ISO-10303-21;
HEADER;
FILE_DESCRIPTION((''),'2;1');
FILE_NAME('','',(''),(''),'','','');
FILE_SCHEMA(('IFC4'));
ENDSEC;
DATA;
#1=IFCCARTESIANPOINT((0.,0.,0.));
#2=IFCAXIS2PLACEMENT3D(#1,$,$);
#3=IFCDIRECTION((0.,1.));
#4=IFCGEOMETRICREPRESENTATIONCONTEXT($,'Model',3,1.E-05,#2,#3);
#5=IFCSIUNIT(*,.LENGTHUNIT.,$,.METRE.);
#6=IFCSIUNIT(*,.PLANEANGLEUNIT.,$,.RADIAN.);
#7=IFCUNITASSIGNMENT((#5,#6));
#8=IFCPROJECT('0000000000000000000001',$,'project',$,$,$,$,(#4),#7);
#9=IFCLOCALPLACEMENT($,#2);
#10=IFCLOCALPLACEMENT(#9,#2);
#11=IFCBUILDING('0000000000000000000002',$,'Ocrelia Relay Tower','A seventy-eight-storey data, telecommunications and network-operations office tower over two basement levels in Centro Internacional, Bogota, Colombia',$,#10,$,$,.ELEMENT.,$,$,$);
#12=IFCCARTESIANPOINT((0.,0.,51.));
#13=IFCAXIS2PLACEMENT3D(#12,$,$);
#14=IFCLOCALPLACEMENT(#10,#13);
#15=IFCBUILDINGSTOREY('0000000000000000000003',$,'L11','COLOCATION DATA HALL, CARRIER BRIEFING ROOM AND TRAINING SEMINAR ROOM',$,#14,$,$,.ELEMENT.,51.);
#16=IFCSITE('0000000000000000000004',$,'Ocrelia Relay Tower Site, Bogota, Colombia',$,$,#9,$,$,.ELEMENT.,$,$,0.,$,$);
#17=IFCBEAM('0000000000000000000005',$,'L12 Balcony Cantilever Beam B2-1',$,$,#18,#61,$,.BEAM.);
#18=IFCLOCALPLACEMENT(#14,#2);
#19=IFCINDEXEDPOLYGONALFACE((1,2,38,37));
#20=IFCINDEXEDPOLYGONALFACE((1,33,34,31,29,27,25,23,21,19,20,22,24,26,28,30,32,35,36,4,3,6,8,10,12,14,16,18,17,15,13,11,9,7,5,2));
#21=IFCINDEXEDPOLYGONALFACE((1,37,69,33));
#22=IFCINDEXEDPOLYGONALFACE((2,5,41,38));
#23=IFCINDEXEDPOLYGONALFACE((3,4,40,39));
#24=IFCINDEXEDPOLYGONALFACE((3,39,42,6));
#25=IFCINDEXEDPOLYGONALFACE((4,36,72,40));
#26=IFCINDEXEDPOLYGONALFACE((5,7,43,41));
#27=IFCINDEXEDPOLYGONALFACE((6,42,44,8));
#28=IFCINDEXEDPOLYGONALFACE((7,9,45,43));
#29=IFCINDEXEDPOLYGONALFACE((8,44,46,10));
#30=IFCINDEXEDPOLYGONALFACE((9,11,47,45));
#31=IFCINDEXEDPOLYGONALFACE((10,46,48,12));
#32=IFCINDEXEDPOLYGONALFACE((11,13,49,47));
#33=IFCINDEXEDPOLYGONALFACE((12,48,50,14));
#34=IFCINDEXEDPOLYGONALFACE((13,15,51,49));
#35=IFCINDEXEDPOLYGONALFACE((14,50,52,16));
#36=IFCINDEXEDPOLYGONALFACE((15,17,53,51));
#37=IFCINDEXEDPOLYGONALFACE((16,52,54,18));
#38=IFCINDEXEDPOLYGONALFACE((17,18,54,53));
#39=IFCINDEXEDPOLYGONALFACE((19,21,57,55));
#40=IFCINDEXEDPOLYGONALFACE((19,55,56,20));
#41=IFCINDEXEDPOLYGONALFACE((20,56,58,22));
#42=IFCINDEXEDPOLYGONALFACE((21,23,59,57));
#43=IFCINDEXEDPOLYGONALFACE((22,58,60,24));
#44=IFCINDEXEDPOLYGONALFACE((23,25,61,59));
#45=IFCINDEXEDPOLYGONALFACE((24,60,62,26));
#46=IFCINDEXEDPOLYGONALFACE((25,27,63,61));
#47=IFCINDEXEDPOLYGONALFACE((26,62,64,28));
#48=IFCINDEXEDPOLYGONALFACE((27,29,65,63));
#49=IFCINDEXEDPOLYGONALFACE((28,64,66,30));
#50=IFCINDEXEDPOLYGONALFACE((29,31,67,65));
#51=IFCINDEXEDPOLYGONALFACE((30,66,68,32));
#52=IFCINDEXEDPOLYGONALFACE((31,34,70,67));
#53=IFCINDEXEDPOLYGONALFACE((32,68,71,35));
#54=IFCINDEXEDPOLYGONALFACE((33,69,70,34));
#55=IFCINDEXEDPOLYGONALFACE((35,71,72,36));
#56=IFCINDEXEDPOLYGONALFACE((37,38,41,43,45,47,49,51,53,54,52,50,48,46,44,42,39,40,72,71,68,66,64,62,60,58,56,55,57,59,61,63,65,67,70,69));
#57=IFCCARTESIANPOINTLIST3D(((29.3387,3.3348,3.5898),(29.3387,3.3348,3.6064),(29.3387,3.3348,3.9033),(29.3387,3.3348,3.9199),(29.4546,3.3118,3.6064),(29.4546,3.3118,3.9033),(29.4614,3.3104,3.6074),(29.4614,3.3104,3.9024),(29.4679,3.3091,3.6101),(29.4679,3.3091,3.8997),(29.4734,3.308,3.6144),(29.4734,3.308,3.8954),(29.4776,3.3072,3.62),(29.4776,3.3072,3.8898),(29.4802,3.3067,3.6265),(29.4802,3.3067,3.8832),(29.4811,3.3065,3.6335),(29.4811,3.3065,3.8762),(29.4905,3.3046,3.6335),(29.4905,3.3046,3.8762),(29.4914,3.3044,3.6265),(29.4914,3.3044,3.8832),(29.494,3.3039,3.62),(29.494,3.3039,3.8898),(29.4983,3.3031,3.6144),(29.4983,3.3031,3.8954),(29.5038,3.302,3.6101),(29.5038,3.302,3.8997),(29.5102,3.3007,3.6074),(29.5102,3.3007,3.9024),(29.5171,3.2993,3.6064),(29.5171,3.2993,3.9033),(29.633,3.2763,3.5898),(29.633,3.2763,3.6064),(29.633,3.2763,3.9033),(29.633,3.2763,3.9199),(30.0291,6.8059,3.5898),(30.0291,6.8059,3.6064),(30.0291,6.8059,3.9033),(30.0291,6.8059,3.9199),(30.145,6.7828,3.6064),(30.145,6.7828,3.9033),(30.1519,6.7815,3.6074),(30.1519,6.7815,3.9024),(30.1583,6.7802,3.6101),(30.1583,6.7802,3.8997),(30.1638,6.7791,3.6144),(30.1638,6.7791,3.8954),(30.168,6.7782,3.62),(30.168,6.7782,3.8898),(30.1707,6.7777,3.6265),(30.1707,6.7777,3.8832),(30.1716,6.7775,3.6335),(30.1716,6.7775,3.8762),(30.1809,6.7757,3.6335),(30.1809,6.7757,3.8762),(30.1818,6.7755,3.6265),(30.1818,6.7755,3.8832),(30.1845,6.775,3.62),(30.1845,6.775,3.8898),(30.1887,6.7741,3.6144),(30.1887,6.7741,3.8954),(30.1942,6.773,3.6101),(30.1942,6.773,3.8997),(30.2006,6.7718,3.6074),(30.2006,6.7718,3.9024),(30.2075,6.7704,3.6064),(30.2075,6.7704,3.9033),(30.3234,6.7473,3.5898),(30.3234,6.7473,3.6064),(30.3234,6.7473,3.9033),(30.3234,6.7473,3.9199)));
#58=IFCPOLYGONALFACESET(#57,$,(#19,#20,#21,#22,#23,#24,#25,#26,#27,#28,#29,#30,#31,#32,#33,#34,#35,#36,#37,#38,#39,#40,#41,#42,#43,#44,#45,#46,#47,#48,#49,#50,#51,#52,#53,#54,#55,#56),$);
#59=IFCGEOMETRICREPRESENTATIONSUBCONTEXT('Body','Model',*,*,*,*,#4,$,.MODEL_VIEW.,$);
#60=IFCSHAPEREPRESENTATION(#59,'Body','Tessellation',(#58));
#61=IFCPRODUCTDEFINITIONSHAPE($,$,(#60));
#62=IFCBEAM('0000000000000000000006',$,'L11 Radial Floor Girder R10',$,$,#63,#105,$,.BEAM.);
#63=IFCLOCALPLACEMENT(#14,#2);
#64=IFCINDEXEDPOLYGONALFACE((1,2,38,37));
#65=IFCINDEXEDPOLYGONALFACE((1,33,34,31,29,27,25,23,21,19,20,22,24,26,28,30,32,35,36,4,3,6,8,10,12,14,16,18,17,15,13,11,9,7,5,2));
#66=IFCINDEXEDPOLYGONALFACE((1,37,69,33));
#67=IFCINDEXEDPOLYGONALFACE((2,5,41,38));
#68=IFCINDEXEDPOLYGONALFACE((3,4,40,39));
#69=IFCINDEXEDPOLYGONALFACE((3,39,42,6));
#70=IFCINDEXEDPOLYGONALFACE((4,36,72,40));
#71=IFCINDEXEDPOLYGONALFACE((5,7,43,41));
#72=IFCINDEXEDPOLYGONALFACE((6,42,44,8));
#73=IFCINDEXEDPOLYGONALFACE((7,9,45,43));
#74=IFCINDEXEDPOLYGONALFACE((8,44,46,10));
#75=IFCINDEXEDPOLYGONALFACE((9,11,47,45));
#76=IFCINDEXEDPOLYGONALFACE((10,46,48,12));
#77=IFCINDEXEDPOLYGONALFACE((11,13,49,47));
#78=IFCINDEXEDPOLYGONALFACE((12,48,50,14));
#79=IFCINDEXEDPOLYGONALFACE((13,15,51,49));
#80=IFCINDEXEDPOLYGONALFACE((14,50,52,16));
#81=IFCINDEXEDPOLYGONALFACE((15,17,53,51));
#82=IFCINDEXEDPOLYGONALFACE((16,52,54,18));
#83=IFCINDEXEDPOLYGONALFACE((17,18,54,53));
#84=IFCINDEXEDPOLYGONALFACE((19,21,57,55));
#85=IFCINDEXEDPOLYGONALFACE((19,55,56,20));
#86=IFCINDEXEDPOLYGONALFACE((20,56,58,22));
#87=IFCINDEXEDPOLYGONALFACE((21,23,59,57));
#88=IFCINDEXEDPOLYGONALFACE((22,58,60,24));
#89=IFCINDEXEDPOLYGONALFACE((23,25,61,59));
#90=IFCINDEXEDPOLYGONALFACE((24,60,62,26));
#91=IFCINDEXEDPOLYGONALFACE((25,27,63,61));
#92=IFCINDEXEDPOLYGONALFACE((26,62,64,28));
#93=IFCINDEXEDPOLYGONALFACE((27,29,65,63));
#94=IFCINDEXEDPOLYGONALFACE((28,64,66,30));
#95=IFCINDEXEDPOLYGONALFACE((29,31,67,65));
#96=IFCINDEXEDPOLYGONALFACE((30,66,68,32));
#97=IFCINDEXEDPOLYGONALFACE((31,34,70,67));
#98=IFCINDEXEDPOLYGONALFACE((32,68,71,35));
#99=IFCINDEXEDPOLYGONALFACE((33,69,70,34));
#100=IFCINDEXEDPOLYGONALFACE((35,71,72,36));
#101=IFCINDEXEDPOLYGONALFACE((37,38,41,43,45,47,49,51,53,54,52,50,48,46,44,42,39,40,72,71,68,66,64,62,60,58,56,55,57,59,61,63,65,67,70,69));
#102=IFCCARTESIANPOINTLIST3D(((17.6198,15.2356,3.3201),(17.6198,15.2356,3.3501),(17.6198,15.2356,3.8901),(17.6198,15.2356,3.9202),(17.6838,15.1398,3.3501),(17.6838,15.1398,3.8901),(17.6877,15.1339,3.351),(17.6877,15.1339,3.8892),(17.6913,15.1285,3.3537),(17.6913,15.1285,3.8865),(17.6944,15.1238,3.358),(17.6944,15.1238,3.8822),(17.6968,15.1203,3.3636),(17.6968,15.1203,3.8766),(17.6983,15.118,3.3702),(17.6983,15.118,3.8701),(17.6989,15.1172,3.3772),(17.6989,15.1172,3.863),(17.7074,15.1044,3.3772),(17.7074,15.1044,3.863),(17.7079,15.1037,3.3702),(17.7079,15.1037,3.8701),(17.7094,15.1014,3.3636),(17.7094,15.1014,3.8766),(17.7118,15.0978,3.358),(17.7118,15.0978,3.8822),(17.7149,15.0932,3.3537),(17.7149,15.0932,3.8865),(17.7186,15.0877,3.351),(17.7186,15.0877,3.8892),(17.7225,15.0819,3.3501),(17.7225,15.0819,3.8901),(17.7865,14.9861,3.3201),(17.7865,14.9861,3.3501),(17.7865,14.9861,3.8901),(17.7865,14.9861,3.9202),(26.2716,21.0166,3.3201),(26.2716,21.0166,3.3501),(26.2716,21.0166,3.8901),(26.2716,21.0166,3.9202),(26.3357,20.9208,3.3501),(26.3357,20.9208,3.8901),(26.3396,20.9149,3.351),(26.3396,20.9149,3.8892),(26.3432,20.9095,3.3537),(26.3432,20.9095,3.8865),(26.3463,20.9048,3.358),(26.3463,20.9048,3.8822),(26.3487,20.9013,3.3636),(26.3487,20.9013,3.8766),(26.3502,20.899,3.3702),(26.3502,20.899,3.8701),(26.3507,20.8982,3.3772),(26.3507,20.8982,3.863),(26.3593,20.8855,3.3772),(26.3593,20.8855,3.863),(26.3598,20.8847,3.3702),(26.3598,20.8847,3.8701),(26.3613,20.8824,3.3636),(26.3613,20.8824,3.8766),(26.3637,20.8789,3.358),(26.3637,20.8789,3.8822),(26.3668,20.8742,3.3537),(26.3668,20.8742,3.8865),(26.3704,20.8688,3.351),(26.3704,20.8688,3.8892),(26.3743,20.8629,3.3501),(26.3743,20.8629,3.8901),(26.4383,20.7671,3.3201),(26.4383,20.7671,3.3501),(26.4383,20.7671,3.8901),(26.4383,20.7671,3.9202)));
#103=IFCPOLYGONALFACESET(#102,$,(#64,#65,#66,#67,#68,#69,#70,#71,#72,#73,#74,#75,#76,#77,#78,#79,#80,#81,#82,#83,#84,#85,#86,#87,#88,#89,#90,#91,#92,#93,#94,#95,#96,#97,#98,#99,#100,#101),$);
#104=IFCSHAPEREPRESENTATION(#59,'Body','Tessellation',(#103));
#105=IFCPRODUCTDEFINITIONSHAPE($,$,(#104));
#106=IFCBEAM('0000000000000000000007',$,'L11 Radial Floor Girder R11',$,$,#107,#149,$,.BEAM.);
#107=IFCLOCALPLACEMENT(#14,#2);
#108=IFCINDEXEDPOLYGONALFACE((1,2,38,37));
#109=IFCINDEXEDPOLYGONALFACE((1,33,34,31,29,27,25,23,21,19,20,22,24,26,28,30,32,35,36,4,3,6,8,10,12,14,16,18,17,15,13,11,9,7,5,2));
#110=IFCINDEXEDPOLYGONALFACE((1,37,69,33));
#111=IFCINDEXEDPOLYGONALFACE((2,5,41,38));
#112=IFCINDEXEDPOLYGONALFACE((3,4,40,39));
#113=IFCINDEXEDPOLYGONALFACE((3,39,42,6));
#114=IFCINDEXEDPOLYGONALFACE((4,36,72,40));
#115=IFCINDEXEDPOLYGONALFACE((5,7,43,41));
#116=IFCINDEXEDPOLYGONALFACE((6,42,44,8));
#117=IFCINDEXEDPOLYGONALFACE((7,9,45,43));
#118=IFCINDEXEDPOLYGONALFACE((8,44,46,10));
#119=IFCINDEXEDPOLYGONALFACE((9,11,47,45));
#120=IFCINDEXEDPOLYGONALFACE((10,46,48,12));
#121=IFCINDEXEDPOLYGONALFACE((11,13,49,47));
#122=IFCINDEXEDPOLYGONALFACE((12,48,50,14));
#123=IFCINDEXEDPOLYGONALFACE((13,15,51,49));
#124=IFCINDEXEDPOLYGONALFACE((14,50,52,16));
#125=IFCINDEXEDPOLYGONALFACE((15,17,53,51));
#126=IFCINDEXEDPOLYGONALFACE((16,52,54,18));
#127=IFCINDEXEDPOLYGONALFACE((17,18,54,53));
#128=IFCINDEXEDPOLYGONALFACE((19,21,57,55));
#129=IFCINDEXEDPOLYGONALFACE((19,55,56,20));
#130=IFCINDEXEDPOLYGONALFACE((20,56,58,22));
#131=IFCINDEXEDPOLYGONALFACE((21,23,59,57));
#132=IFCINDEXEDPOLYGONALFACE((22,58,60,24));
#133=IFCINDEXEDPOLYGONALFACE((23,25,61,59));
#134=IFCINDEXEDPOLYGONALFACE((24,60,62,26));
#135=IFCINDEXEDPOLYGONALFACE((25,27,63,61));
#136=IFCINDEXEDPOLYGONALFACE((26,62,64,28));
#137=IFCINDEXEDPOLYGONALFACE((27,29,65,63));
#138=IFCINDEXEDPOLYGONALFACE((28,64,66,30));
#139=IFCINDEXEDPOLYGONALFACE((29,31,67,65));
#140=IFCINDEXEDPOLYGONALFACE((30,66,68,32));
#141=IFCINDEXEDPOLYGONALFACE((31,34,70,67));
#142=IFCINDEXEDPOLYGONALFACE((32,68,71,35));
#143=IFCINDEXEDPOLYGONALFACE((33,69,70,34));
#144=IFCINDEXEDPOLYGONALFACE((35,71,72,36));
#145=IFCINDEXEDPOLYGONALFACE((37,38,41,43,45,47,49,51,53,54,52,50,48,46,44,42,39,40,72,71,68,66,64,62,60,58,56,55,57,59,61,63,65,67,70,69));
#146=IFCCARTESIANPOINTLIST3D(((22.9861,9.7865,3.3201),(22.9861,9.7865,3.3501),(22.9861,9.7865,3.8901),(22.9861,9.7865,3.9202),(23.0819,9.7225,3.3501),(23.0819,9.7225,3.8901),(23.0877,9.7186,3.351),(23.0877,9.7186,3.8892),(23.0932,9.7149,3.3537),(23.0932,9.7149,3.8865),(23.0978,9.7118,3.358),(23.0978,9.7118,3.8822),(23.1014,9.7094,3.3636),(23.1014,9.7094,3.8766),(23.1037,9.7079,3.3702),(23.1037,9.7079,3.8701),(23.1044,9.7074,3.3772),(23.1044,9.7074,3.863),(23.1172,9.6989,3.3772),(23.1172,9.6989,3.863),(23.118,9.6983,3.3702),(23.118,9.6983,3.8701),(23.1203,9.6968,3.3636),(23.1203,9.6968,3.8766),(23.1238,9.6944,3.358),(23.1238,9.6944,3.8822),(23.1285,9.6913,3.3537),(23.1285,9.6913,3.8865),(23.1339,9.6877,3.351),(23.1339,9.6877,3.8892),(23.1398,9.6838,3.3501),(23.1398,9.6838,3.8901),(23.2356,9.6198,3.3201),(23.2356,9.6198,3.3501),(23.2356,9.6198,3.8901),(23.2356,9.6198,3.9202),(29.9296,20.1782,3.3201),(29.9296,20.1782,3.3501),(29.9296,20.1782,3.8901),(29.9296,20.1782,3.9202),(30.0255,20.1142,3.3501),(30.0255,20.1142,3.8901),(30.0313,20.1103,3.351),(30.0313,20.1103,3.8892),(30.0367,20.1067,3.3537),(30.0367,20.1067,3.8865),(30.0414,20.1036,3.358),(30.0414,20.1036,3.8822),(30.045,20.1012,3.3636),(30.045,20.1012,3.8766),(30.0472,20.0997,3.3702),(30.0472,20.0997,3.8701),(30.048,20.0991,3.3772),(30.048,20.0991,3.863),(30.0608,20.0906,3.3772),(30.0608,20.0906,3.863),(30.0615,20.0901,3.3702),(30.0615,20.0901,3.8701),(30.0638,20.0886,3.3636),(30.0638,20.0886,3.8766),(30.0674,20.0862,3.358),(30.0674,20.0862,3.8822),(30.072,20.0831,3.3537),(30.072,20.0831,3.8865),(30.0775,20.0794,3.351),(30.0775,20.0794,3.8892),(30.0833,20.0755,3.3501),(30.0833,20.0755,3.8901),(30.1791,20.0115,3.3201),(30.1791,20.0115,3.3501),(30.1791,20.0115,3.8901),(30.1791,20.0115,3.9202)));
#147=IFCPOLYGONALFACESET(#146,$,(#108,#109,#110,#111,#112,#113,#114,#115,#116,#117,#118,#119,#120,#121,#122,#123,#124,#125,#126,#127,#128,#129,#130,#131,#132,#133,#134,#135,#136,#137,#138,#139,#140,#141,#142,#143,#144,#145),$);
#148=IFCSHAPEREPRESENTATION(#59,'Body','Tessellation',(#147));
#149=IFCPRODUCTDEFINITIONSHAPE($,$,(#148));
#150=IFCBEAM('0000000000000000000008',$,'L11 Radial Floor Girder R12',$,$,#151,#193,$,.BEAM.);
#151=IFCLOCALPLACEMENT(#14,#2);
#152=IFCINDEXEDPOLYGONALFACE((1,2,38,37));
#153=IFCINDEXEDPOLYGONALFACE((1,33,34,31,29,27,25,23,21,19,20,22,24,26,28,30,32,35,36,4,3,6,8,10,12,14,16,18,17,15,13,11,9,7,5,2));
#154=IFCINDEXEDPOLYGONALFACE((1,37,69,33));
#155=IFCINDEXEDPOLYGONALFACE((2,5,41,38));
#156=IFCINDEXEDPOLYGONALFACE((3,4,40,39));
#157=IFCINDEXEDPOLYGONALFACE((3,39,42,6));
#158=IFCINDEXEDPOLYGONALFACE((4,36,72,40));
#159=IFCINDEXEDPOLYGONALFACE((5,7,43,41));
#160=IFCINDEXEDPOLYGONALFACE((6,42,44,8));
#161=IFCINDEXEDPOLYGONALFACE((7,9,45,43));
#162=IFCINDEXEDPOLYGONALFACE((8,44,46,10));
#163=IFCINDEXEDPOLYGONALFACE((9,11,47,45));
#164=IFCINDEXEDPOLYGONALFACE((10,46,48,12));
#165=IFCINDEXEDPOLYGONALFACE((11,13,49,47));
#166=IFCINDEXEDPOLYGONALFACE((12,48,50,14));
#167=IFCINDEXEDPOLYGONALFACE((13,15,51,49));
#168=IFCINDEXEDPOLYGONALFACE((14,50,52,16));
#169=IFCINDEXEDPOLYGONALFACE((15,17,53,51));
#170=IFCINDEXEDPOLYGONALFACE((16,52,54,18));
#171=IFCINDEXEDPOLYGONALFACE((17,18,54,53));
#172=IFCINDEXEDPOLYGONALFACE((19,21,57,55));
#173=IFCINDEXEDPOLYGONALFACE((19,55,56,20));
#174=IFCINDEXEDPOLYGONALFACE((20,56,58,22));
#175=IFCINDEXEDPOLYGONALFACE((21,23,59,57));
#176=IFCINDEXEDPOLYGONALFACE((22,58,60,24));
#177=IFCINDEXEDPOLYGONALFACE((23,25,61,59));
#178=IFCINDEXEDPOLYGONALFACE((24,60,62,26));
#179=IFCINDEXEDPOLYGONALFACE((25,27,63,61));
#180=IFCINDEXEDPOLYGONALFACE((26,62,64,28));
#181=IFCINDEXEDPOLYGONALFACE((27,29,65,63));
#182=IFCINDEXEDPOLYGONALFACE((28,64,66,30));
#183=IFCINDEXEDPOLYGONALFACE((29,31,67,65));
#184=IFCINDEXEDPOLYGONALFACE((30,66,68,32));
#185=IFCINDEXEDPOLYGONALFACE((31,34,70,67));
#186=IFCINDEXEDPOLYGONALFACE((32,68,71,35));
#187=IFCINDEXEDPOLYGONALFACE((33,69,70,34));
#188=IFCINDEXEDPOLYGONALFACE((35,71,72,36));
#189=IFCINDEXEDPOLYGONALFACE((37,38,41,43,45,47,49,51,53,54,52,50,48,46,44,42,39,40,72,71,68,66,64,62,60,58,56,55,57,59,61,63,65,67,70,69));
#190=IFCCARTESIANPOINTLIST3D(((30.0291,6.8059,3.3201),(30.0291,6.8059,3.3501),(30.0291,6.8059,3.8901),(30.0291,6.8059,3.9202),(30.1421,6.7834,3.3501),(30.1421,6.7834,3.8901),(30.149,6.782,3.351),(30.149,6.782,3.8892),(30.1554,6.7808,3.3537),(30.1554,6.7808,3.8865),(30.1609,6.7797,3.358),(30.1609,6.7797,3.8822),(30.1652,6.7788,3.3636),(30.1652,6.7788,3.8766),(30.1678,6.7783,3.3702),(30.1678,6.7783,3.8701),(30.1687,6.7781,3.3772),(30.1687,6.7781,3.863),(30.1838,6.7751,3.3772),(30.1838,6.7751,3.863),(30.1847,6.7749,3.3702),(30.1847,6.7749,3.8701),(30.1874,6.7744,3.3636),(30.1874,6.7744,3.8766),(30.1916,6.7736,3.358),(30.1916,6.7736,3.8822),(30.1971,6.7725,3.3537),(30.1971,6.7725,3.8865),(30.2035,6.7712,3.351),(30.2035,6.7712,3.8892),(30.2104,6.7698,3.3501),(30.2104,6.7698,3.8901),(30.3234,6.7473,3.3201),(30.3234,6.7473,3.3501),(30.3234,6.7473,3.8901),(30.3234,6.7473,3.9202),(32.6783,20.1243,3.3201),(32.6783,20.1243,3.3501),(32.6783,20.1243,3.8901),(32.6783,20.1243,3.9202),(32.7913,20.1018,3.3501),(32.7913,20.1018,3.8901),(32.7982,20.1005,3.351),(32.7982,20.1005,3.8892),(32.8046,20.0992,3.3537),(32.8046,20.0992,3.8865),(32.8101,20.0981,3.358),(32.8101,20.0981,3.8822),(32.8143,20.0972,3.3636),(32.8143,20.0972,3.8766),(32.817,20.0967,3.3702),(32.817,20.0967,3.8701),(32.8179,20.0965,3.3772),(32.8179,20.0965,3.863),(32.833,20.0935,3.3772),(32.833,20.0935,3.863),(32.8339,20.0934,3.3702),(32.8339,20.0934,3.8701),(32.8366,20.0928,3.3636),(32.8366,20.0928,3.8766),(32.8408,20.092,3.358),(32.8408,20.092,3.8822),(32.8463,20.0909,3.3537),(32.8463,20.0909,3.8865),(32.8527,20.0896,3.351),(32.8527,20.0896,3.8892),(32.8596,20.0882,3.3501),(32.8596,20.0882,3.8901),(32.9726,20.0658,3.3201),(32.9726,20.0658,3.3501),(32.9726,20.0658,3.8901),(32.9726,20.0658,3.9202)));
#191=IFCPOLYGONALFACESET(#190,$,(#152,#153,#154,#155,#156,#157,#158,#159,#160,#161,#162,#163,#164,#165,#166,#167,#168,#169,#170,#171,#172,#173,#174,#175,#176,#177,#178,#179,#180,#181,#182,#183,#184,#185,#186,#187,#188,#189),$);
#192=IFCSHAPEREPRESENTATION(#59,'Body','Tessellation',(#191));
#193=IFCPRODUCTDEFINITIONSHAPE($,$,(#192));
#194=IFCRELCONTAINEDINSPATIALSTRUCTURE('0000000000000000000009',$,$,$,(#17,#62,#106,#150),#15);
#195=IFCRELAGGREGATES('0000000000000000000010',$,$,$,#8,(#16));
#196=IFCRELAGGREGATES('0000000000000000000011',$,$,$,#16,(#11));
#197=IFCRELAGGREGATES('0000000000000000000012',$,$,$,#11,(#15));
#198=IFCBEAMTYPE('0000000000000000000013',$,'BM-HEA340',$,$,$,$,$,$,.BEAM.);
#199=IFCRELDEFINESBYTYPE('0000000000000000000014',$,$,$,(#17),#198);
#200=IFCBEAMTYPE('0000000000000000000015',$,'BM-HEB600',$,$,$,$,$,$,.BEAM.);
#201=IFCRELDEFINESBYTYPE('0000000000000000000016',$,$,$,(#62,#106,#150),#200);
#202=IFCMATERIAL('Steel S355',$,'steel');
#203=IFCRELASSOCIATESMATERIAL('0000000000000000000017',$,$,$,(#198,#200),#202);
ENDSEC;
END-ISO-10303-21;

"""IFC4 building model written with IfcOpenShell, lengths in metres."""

from ifc_helpers import new_model, si_unit, direction, frame, origin, origin_2d, place, context, subcontext, project, spatial, i_section, extrude, material, material_profile, profile_set, type_object, element, save


model = new_model("IFC4")

# Units and contexts
model_context = context("Model", 3, precision=1e-05, world=origin(), true_north=direction((0.0, 1.0)))
body_context = subcontext(model_context, "Body", "Model", "MODEL_VIEW")
ifc_project = project(units=[si_unit("LENGTHUNIT", "METRE"), si_unit("PLANEANGLEUNIT", "RADIAN")], contexts=[model_context])

# Site, building, storey
site_placement = place(None, origin())
site = spatial("IfcSite", under=ifc_project, at=site_placement, Name="Ocrelia Relay Tower Site, Bogota, Colombia", CompositionType="ELEMENT", RefElevation=0.0)
building_placement = place(site_placement, origin())
building = spatial("IfcBuilding", under=site, at=building_placement, Name="Ocrelia Relay Tower", Description="A seventy-eight-storey data, telecommunications and network-operations office tower over two basement levels in Centro Internacional, Bogota, Colombia", CompositionType="ELEMENT")
storey_placement = place(building_placement, frame((0.0, 0.0, 51.0)))
storey = spatial("IfcBuildingStorey", under=building, at=storey_placement, Name="L11", Description="COLOCATION DATA HALL, CARRIER BRIEFING ROOM AND TRAINING SEMINAR ROOM", CompositionType="ELEMENT", Elevation=51.0)

# Beams
ifc_material_1 = material(Name="Steel S355", Category="steel")
ifc_material_profile_1 = material_profile(ifc_material_1, i_section(OverallWidth=0.3, OverallDepth=0.3301, WebThickness=0.0095, FlangeThickness=0.0166, FilletRadius=0.0271, at=origin_2d()), Name="HEA 340")
ifc_profile_set_1 = profile_set([ifc_material_profile_1], Name="Steel S355")
beam_type_1 = type_object("IfcBeamType", Name="BM-HEA340", PredefinedType="BEAM", material=ifc_profile_set_1)
beam_1_placement = place(storey_placement, frame((30.1763, 6.7766, 3.7549), z_axis=(-0.195094, -0.980784, 0.0), x_axis=(0.980784, -0.195094, 0.0)))
element("IfcBeam", 1, at=beam_1_placement, inside=storey, type_object=beam_type_1, Name="L12 Balcony Cantilever Beam B2-1", PredefinedType="BEAM", context=body_context, shape_type="SweptSolid", body=[
    extrude(i_section(OverallWidth=0.3, OverallDepth=0.3301, WebThickness=0.0095, FlangeThickness=0.0166, FilletRadius=0.0271, at=origin_2d()), origin(), (0.0, 0.0, 1.0), 3.5391),
])
ifc_material_profile_2 = material_profile(ifc_material_1, i_section(OverallWidth=0.3, OverallDepth=0.6001, WebThickness=0.0154, FlangeThickness=0.03, FilletRadius=0.0271, at=origin_2d()), Name="HEB 600")
ifc_profile_set_2 = profile_set([ifc_material_profile_2], Name="Steel S355")
beam_type_2 = type_object("IfcBeamType", Name="BM-HEB600", PredefinedType="BEAM", material=ifc_profile_set_2)
beam_2_placement = place(storey_placement, frame((17.7031, 15.1108, 3.6201), z_axis=(0.831469, 0.555572, 0.0), x_axis=(-0.555572, 0.831469, 0.0)))
element("IfcBeam", 2, at=beam_2_placement, inside=storey, type_object=beam_type_2, Name="L11 Radial Floor Girder R10", PredefinedType="BEAM", context=body_context, shape_type="SweptSolid", body=[
    extrude(i_section(OverallWidth=0.3, OverallDepth=0.6001, WebThickness=0.0154, FlangeThickness=0.03, FilletRadius=0.0271, at=origin_2d()), origin(), (0.0, 0.0, 1.0), 10.4055),
])
beam_3_placement = place(storey_placement, frame((23.1108, 9.7031, 3.6201), z_axis=(0.55557, 0.83147, 0.0), x_axis=(-0.83147, 0.55557, 0.0)))
element("IfcBeam", 3, at=beam_3_placement, inside=storey, type_object=beam_type_2, Name="L11 Radial Floor Girder R11", PredefinedType="BEAM", context=body_context, shape_type="SweptSolid", body=[
    extrude(i_section(OverallWidth=0.3, OverallDepth=0.6001, WebThickness=0.0154, FlangeThickness=0.03, FilletRadius=0.0271, at=origin_2d()), origin(), (0.0, 0.0, 1.0), 12.498),
])
beam_4_placement = place(storey_placement, frame((30.1763, 6.7766, 3.6201), z_axis=(0.195089, 0.980786, 0.0), x_axis=(-0.980786, 0.195089, 0.0)))
element("IfcBeam", 4, at=beam_4_placement, inside=storey, type_object=beam_type_2, Name="L11 Radial Floor Girder R12", PredefinedType="BEAM", context=body_context, shape_type="SweptSolid", body=[
    extrude(i_section(OverallWidth=0.3, OverallDepth=0.6001, WebThickness=0.0154, FlangeThickness=0.03, FilletRadius=0.0271, at=origin_2d()), origin(), (0.0, 0.0, 1.0), 13.5793),
])

save(model, "model.ifc")
